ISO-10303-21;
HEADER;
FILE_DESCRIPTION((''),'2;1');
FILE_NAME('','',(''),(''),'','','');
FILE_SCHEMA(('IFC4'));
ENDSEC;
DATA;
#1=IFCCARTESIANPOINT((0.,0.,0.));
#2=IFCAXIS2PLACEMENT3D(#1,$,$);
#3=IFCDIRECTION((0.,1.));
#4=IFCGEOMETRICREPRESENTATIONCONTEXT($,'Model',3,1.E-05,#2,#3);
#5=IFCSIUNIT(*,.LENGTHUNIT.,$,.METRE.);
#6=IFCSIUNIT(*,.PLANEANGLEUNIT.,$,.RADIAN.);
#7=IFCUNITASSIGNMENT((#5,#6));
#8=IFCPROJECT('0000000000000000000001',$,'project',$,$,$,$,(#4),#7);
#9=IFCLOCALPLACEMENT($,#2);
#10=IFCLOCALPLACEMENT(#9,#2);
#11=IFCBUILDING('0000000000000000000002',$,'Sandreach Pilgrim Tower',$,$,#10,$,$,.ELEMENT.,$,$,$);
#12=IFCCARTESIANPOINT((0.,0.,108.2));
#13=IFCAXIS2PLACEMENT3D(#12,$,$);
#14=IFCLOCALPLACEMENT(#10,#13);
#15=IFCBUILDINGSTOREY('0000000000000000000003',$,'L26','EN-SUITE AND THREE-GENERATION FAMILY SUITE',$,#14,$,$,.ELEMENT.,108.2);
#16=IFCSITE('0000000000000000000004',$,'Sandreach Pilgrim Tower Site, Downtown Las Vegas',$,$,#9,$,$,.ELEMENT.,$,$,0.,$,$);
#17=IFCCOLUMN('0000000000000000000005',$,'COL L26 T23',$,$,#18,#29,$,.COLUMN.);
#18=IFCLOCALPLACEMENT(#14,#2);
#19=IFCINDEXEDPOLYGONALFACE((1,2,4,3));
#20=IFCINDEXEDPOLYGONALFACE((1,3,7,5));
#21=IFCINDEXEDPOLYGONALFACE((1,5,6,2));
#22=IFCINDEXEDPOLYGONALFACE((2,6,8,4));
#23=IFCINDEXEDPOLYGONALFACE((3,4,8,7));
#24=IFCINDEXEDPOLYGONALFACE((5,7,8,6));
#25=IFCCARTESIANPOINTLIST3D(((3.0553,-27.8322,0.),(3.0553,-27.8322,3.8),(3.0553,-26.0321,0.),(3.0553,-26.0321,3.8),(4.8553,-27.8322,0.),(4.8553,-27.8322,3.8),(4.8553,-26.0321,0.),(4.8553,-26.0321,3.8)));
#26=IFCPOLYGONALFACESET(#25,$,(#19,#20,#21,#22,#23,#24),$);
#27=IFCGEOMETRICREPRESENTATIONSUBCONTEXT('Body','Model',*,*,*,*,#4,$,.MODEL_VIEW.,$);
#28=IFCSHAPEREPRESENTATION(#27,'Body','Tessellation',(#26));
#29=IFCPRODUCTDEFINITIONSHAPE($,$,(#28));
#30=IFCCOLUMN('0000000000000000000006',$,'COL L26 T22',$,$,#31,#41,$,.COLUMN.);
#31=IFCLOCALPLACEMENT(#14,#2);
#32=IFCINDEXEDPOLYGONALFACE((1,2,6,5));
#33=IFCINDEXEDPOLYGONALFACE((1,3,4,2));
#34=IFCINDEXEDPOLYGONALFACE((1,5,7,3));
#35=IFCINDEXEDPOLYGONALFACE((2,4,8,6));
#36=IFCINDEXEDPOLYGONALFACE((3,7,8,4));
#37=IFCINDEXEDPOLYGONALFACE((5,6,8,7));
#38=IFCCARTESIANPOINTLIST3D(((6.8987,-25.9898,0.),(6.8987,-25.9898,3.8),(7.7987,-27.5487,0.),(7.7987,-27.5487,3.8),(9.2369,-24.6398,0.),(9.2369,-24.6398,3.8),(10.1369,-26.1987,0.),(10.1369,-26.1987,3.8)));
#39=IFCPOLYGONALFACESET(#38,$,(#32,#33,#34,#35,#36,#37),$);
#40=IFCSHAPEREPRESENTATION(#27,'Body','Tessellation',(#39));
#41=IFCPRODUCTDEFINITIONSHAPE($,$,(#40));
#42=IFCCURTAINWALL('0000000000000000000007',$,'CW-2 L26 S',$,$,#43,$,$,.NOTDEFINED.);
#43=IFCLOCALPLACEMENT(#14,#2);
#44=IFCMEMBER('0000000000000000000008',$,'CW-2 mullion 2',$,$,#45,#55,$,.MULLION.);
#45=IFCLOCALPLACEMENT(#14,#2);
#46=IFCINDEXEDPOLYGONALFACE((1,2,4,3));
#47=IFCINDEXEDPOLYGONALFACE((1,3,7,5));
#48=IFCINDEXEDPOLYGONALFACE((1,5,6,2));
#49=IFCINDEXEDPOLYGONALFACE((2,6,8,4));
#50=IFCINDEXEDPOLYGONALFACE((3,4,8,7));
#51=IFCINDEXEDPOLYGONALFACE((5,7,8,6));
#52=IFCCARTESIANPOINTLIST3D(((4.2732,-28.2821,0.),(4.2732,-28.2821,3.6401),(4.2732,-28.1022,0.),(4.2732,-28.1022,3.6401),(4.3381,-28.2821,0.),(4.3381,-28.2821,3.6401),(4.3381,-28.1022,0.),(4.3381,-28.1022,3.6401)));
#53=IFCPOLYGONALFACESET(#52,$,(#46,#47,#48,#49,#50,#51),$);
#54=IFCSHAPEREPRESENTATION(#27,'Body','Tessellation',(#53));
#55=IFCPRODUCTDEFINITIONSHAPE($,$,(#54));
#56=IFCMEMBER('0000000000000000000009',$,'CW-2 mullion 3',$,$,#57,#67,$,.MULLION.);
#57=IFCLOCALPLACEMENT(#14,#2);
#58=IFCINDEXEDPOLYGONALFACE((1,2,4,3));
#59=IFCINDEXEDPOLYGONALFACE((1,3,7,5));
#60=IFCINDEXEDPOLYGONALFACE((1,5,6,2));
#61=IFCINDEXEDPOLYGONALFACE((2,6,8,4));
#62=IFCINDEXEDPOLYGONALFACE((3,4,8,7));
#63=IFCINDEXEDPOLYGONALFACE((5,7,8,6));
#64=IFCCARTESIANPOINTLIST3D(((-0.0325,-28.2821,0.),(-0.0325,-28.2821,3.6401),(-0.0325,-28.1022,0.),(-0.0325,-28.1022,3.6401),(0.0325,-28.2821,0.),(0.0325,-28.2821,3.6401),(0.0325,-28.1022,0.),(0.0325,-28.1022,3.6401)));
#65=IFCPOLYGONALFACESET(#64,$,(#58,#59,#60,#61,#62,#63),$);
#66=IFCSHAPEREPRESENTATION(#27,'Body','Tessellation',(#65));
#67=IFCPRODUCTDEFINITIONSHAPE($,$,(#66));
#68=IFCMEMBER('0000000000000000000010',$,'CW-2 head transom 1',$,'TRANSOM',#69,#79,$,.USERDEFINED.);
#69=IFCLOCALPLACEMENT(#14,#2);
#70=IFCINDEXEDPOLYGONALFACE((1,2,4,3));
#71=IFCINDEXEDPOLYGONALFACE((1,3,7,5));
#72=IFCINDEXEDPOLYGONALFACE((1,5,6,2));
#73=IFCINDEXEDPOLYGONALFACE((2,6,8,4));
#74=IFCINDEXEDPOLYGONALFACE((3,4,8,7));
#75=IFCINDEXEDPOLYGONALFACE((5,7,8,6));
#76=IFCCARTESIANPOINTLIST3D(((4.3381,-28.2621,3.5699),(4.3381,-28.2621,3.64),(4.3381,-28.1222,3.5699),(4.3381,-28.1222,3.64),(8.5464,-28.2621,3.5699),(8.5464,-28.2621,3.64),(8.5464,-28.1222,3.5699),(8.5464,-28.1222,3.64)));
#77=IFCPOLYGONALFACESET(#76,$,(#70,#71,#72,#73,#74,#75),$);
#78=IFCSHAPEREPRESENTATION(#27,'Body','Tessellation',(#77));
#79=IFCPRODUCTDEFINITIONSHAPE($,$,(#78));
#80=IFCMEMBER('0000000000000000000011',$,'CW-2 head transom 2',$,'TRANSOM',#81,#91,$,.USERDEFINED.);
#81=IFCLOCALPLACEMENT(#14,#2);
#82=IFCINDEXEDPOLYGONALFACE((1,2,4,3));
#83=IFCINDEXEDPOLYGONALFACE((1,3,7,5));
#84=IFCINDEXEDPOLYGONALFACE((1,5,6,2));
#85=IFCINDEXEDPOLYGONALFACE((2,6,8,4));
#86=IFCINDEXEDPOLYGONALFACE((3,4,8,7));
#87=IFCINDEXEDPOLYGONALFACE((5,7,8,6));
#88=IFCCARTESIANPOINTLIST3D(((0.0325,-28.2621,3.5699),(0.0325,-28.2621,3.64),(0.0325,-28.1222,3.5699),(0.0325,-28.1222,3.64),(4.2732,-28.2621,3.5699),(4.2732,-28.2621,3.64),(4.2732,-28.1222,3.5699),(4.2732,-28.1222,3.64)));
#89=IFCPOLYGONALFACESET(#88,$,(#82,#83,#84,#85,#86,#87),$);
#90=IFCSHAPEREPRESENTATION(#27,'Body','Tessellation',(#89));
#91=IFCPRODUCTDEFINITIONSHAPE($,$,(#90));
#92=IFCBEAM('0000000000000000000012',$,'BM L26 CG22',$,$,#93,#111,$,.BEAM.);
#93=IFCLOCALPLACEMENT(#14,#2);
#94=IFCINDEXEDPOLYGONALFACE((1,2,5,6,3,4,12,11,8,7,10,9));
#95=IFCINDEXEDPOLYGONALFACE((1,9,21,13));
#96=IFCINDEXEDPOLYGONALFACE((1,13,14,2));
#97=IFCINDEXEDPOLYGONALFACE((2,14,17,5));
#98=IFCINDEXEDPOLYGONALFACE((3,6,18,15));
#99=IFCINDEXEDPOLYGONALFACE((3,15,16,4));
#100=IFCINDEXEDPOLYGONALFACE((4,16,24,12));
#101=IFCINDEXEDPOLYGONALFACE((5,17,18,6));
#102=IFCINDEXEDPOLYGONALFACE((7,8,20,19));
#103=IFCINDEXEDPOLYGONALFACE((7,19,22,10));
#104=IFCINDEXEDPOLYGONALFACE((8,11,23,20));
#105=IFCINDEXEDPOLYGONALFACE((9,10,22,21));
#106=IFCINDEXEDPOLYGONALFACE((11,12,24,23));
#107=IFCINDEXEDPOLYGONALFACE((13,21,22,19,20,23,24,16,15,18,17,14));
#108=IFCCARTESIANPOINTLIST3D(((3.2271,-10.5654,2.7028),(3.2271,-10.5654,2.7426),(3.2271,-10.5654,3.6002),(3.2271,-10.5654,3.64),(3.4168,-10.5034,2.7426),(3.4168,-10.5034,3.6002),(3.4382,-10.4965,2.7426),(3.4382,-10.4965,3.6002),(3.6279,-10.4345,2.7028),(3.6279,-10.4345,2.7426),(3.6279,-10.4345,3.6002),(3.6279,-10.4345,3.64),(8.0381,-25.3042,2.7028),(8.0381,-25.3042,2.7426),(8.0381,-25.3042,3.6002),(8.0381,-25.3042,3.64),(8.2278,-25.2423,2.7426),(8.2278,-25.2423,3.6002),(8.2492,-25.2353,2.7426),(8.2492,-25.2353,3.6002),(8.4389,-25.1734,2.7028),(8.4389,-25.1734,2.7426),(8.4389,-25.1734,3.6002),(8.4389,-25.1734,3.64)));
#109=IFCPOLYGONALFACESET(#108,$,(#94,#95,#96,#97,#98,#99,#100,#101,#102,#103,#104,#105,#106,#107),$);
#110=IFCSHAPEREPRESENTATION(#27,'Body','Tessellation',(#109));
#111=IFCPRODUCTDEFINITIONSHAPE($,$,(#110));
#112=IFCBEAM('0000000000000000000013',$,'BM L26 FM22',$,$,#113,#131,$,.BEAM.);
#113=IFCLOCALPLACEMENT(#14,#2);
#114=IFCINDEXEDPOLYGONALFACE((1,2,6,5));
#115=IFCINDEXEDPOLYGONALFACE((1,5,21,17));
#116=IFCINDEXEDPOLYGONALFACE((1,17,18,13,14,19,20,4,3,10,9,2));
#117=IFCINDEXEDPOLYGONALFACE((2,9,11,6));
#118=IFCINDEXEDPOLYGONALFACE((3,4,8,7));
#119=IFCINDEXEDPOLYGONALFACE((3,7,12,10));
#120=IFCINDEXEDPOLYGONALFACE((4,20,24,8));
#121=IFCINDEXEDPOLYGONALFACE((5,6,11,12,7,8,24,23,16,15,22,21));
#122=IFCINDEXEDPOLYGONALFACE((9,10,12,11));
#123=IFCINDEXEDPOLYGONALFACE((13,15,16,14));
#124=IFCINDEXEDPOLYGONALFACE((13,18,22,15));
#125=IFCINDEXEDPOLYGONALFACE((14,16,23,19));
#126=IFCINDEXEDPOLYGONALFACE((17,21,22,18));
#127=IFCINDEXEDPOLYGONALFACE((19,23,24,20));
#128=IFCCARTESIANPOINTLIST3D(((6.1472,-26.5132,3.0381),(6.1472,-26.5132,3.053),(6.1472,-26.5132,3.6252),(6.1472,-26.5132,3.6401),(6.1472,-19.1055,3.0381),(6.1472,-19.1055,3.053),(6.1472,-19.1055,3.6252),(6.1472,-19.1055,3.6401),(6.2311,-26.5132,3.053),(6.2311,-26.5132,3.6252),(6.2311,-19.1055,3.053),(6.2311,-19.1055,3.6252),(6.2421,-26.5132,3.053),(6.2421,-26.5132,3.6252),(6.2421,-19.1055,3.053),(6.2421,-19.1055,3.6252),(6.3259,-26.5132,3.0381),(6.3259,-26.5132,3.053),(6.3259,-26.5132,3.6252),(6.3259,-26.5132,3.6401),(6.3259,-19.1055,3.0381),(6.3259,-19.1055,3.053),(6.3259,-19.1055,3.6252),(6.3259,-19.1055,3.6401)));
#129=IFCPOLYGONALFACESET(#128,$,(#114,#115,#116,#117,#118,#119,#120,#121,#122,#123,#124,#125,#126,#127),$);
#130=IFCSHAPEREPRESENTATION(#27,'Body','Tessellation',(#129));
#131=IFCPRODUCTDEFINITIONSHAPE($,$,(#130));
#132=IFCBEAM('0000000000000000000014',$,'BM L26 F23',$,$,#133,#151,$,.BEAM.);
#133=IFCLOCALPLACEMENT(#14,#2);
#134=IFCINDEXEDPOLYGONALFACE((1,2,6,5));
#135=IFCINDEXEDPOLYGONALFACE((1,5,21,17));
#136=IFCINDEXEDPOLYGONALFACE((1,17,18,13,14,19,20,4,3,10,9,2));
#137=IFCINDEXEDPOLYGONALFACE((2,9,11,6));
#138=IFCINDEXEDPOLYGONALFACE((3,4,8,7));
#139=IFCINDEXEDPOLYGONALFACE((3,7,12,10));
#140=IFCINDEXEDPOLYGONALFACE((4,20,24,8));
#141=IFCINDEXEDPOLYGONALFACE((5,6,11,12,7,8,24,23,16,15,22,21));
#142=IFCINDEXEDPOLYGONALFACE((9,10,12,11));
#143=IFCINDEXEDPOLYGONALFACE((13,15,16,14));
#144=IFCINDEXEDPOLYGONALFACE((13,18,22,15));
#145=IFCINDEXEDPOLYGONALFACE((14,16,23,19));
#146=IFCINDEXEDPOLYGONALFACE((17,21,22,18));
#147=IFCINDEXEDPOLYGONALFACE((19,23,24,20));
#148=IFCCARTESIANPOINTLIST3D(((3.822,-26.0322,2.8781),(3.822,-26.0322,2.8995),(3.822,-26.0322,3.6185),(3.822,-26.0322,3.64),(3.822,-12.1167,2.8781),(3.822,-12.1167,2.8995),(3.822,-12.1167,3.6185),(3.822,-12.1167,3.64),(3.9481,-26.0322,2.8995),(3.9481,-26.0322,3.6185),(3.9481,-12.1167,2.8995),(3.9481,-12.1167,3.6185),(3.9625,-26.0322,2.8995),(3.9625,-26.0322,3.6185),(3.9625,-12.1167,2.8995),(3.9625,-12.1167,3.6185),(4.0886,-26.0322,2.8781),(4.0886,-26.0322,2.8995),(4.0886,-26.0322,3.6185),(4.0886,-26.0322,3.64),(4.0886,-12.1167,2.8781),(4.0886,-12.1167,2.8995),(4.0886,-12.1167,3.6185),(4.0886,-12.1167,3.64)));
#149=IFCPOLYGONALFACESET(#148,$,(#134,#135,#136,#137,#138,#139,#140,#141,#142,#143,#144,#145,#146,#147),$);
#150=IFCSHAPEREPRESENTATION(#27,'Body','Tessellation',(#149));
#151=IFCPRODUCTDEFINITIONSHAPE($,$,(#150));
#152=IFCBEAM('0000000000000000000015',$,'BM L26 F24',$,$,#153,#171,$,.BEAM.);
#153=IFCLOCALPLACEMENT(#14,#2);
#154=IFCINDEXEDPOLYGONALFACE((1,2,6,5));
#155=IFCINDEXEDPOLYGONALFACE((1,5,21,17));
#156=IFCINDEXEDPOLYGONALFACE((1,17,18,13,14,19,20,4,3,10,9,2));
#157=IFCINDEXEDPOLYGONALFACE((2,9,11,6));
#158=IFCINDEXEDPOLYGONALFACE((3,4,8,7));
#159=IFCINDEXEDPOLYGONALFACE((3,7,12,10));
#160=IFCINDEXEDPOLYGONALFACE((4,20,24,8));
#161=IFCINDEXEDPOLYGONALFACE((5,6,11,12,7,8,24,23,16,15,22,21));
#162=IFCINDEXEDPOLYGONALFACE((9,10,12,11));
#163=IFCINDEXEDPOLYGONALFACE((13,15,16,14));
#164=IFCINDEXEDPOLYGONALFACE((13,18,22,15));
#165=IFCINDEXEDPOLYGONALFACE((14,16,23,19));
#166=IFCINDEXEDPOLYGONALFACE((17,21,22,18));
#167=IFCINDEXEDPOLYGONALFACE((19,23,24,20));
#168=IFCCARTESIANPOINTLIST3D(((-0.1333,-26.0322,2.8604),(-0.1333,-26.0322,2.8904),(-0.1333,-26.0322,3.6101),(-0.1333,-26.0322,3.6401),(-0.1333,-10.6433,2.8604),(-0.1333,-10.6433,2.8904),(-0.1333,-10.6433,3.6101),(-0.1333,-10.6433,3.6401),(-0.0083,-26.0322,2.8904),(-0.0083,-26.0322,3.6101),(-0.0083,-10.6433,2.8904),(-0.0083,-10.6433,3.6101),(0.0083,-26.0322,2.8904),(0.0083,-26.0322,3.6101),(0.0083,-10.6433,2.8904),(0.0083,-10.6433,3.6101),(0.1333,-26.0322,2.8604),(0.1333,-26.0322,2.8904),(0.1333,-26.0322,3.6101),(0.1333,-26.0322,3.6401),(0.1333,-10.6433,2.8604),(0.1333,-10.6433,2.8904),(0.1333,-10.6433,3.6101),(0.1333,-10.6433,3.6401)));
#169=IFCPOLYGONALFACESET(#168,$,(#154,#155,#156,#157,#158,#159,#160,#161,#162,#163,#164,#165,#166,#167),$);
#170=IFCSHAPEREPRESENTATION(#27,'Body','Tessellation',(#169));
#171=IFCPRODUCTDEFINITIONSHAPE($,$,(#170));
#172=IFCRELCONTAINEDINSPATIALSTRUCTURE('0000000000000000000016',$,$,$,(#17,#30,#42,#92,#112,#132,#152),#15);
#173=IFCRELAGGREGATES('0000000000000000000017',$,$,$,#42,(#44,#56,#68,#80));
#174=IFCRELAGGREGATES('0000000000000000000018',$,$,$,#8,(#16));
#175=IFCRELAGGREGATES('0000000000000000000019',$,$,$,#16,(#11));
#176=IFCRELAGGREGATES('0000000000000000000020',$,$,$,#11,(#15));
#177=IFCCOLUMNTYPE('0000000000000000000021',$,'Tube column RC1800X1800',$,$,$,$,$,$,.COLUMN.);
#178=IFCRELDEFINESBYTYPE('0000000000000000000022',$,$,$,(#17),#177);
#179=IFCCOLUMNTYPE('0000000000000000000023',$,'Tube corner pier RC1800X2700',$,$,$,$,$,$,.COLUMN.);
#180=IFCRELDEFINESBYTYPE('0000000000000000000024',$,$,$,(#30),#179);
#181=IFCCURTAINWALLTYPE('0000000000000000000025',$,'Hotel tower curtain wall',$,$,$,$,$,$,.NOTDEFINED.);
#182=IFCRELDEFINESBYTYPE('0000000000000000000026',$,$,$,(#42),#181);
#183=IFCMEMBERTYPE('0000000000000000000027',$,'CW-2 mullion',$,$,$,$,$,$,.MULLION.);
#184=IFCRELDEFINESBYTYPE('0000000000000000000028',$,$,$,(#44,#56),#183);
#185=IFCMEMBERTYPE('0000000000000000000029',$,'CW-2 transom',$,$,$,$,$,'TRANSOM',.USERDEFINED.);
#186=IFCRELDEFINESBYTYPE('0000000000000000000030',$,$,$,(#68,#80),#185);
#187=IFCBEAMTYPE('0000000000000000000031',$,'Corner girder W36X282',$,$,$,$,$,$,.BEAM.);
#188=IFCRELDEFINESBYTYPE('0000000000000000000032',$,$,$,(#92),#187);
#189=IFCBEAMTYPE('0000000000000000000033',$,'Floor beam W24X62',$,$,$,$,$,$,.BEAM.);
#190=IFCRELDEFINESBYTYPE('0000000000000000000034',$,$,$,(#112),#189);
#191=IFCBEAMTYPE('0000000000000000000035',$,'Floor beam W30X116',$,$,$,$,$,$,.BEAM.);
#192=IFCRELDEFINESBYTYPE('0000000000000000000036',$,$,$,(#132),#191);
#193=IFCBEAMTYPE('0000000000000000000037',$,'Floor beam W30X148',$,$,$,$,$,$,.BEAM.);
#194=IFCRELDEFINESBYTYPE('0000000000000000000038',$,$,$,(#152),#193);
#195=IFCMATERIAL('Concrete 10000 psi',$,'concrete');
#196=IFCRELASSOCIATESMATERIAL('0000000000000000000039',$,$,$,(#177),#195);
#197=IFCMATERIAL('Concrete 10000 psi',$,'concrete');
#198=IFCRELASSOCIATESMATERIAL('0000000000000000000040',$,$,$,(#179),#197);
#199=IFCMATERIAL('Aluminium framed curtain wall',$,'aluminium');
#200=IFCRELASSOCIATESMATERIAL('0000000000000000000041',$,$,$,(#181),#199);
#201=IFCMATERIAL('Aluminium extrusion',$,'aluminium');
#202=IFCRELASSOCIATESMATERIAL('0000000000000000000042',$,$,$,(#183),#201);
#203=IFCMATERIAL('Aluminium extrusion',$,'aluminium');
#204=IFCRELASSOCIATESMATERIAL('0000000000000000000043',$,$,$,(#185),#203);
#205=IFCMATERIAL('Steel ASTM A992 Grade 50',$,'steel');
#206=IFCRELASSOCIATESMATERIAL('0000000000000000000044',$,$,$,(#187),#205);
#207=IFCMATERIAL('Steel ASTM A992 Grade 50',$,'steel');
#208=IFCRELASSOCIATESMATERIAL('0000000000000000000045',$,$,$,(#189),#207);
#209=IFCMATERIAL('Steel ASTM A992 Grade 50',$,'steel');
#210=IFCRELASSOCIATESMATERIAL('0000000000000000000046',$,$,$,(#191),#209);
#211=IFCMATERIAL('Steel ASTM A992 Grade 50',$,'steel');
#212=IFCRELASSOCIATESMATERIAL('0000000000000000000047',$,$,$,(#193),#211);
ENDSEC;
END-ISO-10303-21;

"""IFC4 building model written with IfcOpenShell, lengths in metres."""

from ifc_helpers import new_model, si_unit, direction, frame, origin, origin_2d, place, context, subcontext, project, spatial, rectangle, i_section, extrude, material, material_profile, profile_set, type_object, element, aggregate, save


model = new_model("IFC4")

# Units and contexts
model_context = context("Model", 3, precision=1e-05, world=origin(), true_north=direction((0.0, 1.0)))
body_context = subcontext(model_context, "Body", "Model", "MODEL_VIEW")
ifc_project = project(units=[si_unit("LENGTHUNIT", "METRE"), si_unit("PLANEANGLEUNIT", "RADIAN")], contexts=[model_context])

# Site, building, storey
site_placement = place(None, origin())
site = spatial("IfcSite", under=ifc_project, at=site_placement, Name="Sandreach Pilgrim Tower Site, Downtown Las Vegas", CompositionType="ELEMENT", RefElevation=0.0)
building_placement = place(site_placement, origin())
building = spatial("IfcBuilding", under=site, at=building_placement, Name="Sandreach Pilgrim Tower", CompositionType="ELEMENT")
storey_placement = place(building_placement, frame((0.0, 0.0, 108.2)))
storey = spatial("IfcBuildingStorey", under=building, at=storey_placement, Name="L26", Description="EN-SUITE AND THREE-GENERATION FAMILY SUITE", CompositionType="ELEMENT", Elevation=108.2)

# Columns
ifc_material_1 = material(Name="Concrete 10000 psi", Category="concrete")
ifc_material_profile_1 = material_profile(ifc_material_1, rectangle(XDim=1.8, YDim=1.8, at=origin_2d()), Name="RC1800X1800")
ifc_profile_set_1 = profile_set([ifc_material_profile_1], Name="Concrete 10000 psi")
column_type_1 = type_object("IfcColumnType", Name="Tube column RC1800X1800", PredefinedType="COLUMN", material=ifc_profile_set_1)
column_1_placement = place(storey_placement, frame((3.9553, -26.9321, 0.0), z_axis=(0.0, 0.0, 1.0), x_axis=(0.0, -1.0, 0.0)))
element("IfcColumn", 1, at=column_1_placement, inside=storey, type_object=column_type_1, Name="COL L26 T23", PredefinedType="COLUMN", context=body_context, shape_type="SweptSolid", body=[
    extrude(rectangle(XDim=1.8, YDim=1.8, at=origin_2d()), origin(), (0.0, 0.0, 1.0), 3.8),
])
ifc_material_2 = material(Name="Concrete 10000 psi", Category="concrete")
ifc_material_profile_2 = material_profile(ifc_material_2, rectangle(XDim=1.8, YDim=2.7, at=origin_2d()), Name="RC1800X2700")
ifc_profile_set_2 = profile_set([ifc_material_profile_2], Name="Concrete 10000 psi")
column_type_2 = type_object("IfcColumnType", Name="Tube corner pier RC1800X2700", PredefinedType="COLUMN", material=ifc_profile_set_2)
column_2_placement = place(storey_placement, frame((8.5178, -26.0942, 0.0), z_axis=(0.0, 0.0, 1.0), x_axis=(0.5, -0.866025, 0.0)))
element("IfcColumn", 2, at=column_2_placement, inside=storey, type_object=column_type_2, Name="COL L26 T22", PredefinedType="COLUMN", context=body_context, shape_type="SweptSolid", body=[
    extrude(rectangle(XDim=1.8, YDim=2.7, at=origin_2d()), origin(), (0.0, 0.0, 1.0), 3.8),
])

# Curtain wall, members
ifc_material_3 = material(Name="Aluminium framed curtain wall", Category="aluminium")
curtain_wall_type = type_object("IfcCurtainWallType", Name="Hotel tower curtain wall", PredefinedType="NOTDEFINED", material=ifc_material_3)
curtain_wall_placement = place(storey_placement, origin())
curtain_wall = element("IfcCurtainWall", 3, at=curtain_wall_placement, inside=storey, type_object=curtain_wall_type, Name="CW-2 L26 S", PredefinedType="NOTDEFINED")
ifc_material_4 = material(Name="Aluminium extrusion", Category="aluminium")
ifc_material_profile_3 = material_profile(ifc_material_4, rectangle(XDim=0.0649, YDim=0.1799, at=origin_2d()), Name="CW-2M 65X180")
ifc_profile_set_3 = profile_set([ifc_material_profile_3], Name="Aluminium extrusion")
member_type_1 = type_object("IfcMemberType", Name="CW-2 mullion", PredefinedType="MULLION", material=ifc_profile_set_3)
member_1_placement = place(storey_placement, frame((4.3057, -28.1921, 0.0), z_axis=(0.0, 0.0, 1.0), x_axis=(-1.0, 0.0, 0.0)))
member_1 = element("IfcMember", 4, at=member_1_placement, type_object=member_type_1, Name="CW-2 mullion 2", PredefinedType="MULLION", context=body_context, shape_type="SweptSolid", body=[
    extrude(rectangle(XDim=0.0649, YDim=0.1799, at=origin_2d()), origin(), (0.0, 0.0, 1.0), 3.6401),
])
member_2_placement = place(storey_placement, frame((0.0, -28.1921, 0.0), z_axis=(0.0, 0.0, 1.0), x_axis=(-1.0, 0.0, 0.0)))
member_2 = element("IfcMember", 5, at=member_2_placement, type_object=member_type_1, Name="CW-2 mullion 3", PredefinedType="MULLION", context=body_context, shape_type="SweptSolid", body=[
    extrude(rectangle(XDim=0.0649, YDim=0.1799, at=origin_2d()), origin(), (0.0, 0.0, 1.0), 3.6401),
])
ifc_material_5 = material(Name="Aluminium extrusion", Category="aluminium")
ifc_material_profile_4 = material_profile(ifc_material_5, rectangle(XDim=0.1399, YDim=0.0701, at=origin_2d()), Name="CW-2T 140X70")
ifc_profile_set_4 = profile_set([ifc_material_profile_4], Name="Aluminium extrusion")
member_type_2 = type_object("IfcMemberType", Name="CW-2 transom", ElementType="TRANSOM", PredefinedType="USERDEFINED", material=ifc_profile_set_4)
member_3_placement = place(storey_placement, frame((8.5464, -28.1921, 3.605), z_axis=(-1.0, 0.0, 0.0), x_axis=(0.0, -1.0, 0.0)))
member_3 = element("IfcMember", 6, at=member_3_placement, type_object=member_type_2, Name="CW-2 head transom 1", ObjectType="TRANSOM", PredefinedType="USERDEFINED", context=body_context, shape_type="SweptSolid", body=[
    extrude(rectangle(XDim=0.1399, YDim=0.0701, at=origin_2d()), origin(), (0.0, 0.0, 1.0), 4.2083),
])
member_4_placement = place(storey_placement, frame((4.2732, -28.1921, 3.605), z_axis=(-1.0, 0.0, 0.0), x_axis=(0.0, -1.0, 0.0)))
member_4 = element("IfcMember", 7, at=member_4_placement, type_object=member_type_2, Name="CW-2 head transom 2", ObjectType="TRANSOM", PredefinedType="USERDEFINED", context=body_context, shape_type="SweptSolid", body=[
    extrude(rectangle(XDim=0.1399, YDim=0.0701, at=origin_2d()), origin(), (0.0, 0.0, 1.0), 4.2407),
])

# Beams
ifc_material_6 = material(Name="Steel ASTM A992 Grade 50", Category="steel")
ifc_material_profile_5 = material_profile(ifc_material_6, i_section(OverallWidth=0.4216, OverallDepth=0.9373, WebThickness=0.0225, FlangeThickness=0.0398, at=origin_2d()), Name="W36X282")
ifc_profile_set_5 = profile_set([ifc_material_profile_5], Name="Steel ASTM A992 Grade 50")
beam_type_1 = type_object("IfcBeamType", Name="Corner girder W36X282", PredefinedType="BEAM", material=ifc_profile_set_5)
beam_1_placement = place(storey_placement, frame((8.2385, -25.2388, 3.1714), z_axis=(-0.310307, 0.950636, 0.0), x_axis=(-0.950636, -0.310307, 0.0)))
element("IfcBeam", 8, at=beam_1_placement, inside=storey, type_object=beam_type_1, Name="BM L26 CG22", PredefinedType="BEAM", context=body_context, shape_type="SweptSolid", body=[
    extrude(i_section(OverallWidth=0.4216, OverallDepth=0.9373, WebThickness=0.0225, FlangeThickness=0.0398, at=origin_2d()), origin(), (0.0, 0.0, 1.0), 15.5042),
])
ifc_material_7 = material(Name="Steel ASTM A992 Grade 50", Category="steel")
ifc_material_profile_6 = material_profile(ifc_material_7, i_section(OverallWidth=0.1787, OverallDepth=0.6021, WebThickness=0.011, FlangeThickness=0.0149, at=origin_2d()), Name="W24X62")
ifc_profile_set_6 = profile_set([ifc_material_profile_6], Name="Steel ASTM A992 Grade 50")
beam_type_2 = type_object("IfcBeamType", Name="Floor beam W24X62", PredefinedType="BEAM", material=ifc_profile_set_6)
beam_2_placement = place(storey_placement, frame((6.2366, -26.5132, 3.3391), z_axis=(0.0, 1.0, 0.0), x_axis=(-1.0, 0.0, 0.0)))
element("IfcBeam", 9, at=beam_2_placement, inside=storey, type_object=beam_type_2, Name="BM L26 FM22", PredefinedType="BEAM", context=body_context, shape_type="SweptSolid", body=[
    extrude(i_section(OverallWidth=0.1787, OverallDepth=0.6021, WebThickness=0.011, FlangeThickness=0.0149, at=origin_2d()), origin(), (0.0, 0.0, 1.0), 7.4077),
])
ifc_material_8 = material(Name="Steel ASTM A992 Grade 50", Category="steel")
ifc_material_profile_7 = material_profile(ifc_material_8, i_section(OverallWidth=0.2666, OverallDepth=0.762, WebThickness=0.0144, FlangeThickness=0.0215, at=origin_2d()), Name="W30X116")
ifc_profile_set_7 = profile_set([ifc_material_profile_7], Name="Steel ASTM A992 Grade 50")
beam_type_3 = type_object("IfcBeamType", Name="Floor beam W30X116", PredefinedType="BEAM", material=ifc_profile_set_7)
beam_3_placement = place(storey_placement, frame((3.9553, -26.0322, 3.259), z_axis=(0.0, 1.0, 0.0), x_axis=(-1.0, 0.0, 0.0)))
element("IfcBeam", 10, at=beam_3_placement, inside=storey, type_object=beam_type_3, Name="BM L26 F23", PredefinedType="BEAM", context=body_context, shape_type="SweptSolid", body=[
    extrude(i_section(OverallWidth=0.2666, OverallDepth=0.762, WebThickness=0.0144, FlangeThickness=0.0215, at=origin_2d()), origin(), (0.0, 0.0, 1.0), 13.9155),
])
ifc_material_9 = material(Name="Steel ASTM A992 Grade 50", Category="steel")
ifc_material_profile_8 = material_profile(ifc_material_9, i_section(OverallWidth=0.2666, OverallDepth=0.7798, WebThickness=0.0166, FlangeThickness=0.03, at=origin_2d()), Name="W30X148")
ifc_profile_set_8 = profile_set([ifc_material_profile_8], Name="Steel ASTM A992 Grade 50")
beam_type_4 = type_object("IfcBeamType", Name="Floor beam W30X148", PredefinedType="BEAM", material=ifc_profile_set_8)
beam_4_placement = place(storey_placement, frame((0.0, -26.0322, 3.2502), z_axis=(0.0, 1.0, 0.0), x_axis=(-1.0, 0.0, 0.0)))
element("IfcBeam", 11, at=beam_4_placement, inside=storey, type_object=beam_type_4, Name="BM L26 F24", PredefinedType="BEAM", context=body_context, shape_type="SweptSolid", body=[
    extrude(i_section(OverallWidth=0.2666, OverallDepth=0.7798, WebThickness=0.0166, FlangeThickness=0.03, at=origin_2d()), origin(), (0.0, 0.0, 1.0), 15.3889),
])

aggregate(curtain_wall, [member_1, member_2, member_3, member_4])

save(model, "model.ifc")
